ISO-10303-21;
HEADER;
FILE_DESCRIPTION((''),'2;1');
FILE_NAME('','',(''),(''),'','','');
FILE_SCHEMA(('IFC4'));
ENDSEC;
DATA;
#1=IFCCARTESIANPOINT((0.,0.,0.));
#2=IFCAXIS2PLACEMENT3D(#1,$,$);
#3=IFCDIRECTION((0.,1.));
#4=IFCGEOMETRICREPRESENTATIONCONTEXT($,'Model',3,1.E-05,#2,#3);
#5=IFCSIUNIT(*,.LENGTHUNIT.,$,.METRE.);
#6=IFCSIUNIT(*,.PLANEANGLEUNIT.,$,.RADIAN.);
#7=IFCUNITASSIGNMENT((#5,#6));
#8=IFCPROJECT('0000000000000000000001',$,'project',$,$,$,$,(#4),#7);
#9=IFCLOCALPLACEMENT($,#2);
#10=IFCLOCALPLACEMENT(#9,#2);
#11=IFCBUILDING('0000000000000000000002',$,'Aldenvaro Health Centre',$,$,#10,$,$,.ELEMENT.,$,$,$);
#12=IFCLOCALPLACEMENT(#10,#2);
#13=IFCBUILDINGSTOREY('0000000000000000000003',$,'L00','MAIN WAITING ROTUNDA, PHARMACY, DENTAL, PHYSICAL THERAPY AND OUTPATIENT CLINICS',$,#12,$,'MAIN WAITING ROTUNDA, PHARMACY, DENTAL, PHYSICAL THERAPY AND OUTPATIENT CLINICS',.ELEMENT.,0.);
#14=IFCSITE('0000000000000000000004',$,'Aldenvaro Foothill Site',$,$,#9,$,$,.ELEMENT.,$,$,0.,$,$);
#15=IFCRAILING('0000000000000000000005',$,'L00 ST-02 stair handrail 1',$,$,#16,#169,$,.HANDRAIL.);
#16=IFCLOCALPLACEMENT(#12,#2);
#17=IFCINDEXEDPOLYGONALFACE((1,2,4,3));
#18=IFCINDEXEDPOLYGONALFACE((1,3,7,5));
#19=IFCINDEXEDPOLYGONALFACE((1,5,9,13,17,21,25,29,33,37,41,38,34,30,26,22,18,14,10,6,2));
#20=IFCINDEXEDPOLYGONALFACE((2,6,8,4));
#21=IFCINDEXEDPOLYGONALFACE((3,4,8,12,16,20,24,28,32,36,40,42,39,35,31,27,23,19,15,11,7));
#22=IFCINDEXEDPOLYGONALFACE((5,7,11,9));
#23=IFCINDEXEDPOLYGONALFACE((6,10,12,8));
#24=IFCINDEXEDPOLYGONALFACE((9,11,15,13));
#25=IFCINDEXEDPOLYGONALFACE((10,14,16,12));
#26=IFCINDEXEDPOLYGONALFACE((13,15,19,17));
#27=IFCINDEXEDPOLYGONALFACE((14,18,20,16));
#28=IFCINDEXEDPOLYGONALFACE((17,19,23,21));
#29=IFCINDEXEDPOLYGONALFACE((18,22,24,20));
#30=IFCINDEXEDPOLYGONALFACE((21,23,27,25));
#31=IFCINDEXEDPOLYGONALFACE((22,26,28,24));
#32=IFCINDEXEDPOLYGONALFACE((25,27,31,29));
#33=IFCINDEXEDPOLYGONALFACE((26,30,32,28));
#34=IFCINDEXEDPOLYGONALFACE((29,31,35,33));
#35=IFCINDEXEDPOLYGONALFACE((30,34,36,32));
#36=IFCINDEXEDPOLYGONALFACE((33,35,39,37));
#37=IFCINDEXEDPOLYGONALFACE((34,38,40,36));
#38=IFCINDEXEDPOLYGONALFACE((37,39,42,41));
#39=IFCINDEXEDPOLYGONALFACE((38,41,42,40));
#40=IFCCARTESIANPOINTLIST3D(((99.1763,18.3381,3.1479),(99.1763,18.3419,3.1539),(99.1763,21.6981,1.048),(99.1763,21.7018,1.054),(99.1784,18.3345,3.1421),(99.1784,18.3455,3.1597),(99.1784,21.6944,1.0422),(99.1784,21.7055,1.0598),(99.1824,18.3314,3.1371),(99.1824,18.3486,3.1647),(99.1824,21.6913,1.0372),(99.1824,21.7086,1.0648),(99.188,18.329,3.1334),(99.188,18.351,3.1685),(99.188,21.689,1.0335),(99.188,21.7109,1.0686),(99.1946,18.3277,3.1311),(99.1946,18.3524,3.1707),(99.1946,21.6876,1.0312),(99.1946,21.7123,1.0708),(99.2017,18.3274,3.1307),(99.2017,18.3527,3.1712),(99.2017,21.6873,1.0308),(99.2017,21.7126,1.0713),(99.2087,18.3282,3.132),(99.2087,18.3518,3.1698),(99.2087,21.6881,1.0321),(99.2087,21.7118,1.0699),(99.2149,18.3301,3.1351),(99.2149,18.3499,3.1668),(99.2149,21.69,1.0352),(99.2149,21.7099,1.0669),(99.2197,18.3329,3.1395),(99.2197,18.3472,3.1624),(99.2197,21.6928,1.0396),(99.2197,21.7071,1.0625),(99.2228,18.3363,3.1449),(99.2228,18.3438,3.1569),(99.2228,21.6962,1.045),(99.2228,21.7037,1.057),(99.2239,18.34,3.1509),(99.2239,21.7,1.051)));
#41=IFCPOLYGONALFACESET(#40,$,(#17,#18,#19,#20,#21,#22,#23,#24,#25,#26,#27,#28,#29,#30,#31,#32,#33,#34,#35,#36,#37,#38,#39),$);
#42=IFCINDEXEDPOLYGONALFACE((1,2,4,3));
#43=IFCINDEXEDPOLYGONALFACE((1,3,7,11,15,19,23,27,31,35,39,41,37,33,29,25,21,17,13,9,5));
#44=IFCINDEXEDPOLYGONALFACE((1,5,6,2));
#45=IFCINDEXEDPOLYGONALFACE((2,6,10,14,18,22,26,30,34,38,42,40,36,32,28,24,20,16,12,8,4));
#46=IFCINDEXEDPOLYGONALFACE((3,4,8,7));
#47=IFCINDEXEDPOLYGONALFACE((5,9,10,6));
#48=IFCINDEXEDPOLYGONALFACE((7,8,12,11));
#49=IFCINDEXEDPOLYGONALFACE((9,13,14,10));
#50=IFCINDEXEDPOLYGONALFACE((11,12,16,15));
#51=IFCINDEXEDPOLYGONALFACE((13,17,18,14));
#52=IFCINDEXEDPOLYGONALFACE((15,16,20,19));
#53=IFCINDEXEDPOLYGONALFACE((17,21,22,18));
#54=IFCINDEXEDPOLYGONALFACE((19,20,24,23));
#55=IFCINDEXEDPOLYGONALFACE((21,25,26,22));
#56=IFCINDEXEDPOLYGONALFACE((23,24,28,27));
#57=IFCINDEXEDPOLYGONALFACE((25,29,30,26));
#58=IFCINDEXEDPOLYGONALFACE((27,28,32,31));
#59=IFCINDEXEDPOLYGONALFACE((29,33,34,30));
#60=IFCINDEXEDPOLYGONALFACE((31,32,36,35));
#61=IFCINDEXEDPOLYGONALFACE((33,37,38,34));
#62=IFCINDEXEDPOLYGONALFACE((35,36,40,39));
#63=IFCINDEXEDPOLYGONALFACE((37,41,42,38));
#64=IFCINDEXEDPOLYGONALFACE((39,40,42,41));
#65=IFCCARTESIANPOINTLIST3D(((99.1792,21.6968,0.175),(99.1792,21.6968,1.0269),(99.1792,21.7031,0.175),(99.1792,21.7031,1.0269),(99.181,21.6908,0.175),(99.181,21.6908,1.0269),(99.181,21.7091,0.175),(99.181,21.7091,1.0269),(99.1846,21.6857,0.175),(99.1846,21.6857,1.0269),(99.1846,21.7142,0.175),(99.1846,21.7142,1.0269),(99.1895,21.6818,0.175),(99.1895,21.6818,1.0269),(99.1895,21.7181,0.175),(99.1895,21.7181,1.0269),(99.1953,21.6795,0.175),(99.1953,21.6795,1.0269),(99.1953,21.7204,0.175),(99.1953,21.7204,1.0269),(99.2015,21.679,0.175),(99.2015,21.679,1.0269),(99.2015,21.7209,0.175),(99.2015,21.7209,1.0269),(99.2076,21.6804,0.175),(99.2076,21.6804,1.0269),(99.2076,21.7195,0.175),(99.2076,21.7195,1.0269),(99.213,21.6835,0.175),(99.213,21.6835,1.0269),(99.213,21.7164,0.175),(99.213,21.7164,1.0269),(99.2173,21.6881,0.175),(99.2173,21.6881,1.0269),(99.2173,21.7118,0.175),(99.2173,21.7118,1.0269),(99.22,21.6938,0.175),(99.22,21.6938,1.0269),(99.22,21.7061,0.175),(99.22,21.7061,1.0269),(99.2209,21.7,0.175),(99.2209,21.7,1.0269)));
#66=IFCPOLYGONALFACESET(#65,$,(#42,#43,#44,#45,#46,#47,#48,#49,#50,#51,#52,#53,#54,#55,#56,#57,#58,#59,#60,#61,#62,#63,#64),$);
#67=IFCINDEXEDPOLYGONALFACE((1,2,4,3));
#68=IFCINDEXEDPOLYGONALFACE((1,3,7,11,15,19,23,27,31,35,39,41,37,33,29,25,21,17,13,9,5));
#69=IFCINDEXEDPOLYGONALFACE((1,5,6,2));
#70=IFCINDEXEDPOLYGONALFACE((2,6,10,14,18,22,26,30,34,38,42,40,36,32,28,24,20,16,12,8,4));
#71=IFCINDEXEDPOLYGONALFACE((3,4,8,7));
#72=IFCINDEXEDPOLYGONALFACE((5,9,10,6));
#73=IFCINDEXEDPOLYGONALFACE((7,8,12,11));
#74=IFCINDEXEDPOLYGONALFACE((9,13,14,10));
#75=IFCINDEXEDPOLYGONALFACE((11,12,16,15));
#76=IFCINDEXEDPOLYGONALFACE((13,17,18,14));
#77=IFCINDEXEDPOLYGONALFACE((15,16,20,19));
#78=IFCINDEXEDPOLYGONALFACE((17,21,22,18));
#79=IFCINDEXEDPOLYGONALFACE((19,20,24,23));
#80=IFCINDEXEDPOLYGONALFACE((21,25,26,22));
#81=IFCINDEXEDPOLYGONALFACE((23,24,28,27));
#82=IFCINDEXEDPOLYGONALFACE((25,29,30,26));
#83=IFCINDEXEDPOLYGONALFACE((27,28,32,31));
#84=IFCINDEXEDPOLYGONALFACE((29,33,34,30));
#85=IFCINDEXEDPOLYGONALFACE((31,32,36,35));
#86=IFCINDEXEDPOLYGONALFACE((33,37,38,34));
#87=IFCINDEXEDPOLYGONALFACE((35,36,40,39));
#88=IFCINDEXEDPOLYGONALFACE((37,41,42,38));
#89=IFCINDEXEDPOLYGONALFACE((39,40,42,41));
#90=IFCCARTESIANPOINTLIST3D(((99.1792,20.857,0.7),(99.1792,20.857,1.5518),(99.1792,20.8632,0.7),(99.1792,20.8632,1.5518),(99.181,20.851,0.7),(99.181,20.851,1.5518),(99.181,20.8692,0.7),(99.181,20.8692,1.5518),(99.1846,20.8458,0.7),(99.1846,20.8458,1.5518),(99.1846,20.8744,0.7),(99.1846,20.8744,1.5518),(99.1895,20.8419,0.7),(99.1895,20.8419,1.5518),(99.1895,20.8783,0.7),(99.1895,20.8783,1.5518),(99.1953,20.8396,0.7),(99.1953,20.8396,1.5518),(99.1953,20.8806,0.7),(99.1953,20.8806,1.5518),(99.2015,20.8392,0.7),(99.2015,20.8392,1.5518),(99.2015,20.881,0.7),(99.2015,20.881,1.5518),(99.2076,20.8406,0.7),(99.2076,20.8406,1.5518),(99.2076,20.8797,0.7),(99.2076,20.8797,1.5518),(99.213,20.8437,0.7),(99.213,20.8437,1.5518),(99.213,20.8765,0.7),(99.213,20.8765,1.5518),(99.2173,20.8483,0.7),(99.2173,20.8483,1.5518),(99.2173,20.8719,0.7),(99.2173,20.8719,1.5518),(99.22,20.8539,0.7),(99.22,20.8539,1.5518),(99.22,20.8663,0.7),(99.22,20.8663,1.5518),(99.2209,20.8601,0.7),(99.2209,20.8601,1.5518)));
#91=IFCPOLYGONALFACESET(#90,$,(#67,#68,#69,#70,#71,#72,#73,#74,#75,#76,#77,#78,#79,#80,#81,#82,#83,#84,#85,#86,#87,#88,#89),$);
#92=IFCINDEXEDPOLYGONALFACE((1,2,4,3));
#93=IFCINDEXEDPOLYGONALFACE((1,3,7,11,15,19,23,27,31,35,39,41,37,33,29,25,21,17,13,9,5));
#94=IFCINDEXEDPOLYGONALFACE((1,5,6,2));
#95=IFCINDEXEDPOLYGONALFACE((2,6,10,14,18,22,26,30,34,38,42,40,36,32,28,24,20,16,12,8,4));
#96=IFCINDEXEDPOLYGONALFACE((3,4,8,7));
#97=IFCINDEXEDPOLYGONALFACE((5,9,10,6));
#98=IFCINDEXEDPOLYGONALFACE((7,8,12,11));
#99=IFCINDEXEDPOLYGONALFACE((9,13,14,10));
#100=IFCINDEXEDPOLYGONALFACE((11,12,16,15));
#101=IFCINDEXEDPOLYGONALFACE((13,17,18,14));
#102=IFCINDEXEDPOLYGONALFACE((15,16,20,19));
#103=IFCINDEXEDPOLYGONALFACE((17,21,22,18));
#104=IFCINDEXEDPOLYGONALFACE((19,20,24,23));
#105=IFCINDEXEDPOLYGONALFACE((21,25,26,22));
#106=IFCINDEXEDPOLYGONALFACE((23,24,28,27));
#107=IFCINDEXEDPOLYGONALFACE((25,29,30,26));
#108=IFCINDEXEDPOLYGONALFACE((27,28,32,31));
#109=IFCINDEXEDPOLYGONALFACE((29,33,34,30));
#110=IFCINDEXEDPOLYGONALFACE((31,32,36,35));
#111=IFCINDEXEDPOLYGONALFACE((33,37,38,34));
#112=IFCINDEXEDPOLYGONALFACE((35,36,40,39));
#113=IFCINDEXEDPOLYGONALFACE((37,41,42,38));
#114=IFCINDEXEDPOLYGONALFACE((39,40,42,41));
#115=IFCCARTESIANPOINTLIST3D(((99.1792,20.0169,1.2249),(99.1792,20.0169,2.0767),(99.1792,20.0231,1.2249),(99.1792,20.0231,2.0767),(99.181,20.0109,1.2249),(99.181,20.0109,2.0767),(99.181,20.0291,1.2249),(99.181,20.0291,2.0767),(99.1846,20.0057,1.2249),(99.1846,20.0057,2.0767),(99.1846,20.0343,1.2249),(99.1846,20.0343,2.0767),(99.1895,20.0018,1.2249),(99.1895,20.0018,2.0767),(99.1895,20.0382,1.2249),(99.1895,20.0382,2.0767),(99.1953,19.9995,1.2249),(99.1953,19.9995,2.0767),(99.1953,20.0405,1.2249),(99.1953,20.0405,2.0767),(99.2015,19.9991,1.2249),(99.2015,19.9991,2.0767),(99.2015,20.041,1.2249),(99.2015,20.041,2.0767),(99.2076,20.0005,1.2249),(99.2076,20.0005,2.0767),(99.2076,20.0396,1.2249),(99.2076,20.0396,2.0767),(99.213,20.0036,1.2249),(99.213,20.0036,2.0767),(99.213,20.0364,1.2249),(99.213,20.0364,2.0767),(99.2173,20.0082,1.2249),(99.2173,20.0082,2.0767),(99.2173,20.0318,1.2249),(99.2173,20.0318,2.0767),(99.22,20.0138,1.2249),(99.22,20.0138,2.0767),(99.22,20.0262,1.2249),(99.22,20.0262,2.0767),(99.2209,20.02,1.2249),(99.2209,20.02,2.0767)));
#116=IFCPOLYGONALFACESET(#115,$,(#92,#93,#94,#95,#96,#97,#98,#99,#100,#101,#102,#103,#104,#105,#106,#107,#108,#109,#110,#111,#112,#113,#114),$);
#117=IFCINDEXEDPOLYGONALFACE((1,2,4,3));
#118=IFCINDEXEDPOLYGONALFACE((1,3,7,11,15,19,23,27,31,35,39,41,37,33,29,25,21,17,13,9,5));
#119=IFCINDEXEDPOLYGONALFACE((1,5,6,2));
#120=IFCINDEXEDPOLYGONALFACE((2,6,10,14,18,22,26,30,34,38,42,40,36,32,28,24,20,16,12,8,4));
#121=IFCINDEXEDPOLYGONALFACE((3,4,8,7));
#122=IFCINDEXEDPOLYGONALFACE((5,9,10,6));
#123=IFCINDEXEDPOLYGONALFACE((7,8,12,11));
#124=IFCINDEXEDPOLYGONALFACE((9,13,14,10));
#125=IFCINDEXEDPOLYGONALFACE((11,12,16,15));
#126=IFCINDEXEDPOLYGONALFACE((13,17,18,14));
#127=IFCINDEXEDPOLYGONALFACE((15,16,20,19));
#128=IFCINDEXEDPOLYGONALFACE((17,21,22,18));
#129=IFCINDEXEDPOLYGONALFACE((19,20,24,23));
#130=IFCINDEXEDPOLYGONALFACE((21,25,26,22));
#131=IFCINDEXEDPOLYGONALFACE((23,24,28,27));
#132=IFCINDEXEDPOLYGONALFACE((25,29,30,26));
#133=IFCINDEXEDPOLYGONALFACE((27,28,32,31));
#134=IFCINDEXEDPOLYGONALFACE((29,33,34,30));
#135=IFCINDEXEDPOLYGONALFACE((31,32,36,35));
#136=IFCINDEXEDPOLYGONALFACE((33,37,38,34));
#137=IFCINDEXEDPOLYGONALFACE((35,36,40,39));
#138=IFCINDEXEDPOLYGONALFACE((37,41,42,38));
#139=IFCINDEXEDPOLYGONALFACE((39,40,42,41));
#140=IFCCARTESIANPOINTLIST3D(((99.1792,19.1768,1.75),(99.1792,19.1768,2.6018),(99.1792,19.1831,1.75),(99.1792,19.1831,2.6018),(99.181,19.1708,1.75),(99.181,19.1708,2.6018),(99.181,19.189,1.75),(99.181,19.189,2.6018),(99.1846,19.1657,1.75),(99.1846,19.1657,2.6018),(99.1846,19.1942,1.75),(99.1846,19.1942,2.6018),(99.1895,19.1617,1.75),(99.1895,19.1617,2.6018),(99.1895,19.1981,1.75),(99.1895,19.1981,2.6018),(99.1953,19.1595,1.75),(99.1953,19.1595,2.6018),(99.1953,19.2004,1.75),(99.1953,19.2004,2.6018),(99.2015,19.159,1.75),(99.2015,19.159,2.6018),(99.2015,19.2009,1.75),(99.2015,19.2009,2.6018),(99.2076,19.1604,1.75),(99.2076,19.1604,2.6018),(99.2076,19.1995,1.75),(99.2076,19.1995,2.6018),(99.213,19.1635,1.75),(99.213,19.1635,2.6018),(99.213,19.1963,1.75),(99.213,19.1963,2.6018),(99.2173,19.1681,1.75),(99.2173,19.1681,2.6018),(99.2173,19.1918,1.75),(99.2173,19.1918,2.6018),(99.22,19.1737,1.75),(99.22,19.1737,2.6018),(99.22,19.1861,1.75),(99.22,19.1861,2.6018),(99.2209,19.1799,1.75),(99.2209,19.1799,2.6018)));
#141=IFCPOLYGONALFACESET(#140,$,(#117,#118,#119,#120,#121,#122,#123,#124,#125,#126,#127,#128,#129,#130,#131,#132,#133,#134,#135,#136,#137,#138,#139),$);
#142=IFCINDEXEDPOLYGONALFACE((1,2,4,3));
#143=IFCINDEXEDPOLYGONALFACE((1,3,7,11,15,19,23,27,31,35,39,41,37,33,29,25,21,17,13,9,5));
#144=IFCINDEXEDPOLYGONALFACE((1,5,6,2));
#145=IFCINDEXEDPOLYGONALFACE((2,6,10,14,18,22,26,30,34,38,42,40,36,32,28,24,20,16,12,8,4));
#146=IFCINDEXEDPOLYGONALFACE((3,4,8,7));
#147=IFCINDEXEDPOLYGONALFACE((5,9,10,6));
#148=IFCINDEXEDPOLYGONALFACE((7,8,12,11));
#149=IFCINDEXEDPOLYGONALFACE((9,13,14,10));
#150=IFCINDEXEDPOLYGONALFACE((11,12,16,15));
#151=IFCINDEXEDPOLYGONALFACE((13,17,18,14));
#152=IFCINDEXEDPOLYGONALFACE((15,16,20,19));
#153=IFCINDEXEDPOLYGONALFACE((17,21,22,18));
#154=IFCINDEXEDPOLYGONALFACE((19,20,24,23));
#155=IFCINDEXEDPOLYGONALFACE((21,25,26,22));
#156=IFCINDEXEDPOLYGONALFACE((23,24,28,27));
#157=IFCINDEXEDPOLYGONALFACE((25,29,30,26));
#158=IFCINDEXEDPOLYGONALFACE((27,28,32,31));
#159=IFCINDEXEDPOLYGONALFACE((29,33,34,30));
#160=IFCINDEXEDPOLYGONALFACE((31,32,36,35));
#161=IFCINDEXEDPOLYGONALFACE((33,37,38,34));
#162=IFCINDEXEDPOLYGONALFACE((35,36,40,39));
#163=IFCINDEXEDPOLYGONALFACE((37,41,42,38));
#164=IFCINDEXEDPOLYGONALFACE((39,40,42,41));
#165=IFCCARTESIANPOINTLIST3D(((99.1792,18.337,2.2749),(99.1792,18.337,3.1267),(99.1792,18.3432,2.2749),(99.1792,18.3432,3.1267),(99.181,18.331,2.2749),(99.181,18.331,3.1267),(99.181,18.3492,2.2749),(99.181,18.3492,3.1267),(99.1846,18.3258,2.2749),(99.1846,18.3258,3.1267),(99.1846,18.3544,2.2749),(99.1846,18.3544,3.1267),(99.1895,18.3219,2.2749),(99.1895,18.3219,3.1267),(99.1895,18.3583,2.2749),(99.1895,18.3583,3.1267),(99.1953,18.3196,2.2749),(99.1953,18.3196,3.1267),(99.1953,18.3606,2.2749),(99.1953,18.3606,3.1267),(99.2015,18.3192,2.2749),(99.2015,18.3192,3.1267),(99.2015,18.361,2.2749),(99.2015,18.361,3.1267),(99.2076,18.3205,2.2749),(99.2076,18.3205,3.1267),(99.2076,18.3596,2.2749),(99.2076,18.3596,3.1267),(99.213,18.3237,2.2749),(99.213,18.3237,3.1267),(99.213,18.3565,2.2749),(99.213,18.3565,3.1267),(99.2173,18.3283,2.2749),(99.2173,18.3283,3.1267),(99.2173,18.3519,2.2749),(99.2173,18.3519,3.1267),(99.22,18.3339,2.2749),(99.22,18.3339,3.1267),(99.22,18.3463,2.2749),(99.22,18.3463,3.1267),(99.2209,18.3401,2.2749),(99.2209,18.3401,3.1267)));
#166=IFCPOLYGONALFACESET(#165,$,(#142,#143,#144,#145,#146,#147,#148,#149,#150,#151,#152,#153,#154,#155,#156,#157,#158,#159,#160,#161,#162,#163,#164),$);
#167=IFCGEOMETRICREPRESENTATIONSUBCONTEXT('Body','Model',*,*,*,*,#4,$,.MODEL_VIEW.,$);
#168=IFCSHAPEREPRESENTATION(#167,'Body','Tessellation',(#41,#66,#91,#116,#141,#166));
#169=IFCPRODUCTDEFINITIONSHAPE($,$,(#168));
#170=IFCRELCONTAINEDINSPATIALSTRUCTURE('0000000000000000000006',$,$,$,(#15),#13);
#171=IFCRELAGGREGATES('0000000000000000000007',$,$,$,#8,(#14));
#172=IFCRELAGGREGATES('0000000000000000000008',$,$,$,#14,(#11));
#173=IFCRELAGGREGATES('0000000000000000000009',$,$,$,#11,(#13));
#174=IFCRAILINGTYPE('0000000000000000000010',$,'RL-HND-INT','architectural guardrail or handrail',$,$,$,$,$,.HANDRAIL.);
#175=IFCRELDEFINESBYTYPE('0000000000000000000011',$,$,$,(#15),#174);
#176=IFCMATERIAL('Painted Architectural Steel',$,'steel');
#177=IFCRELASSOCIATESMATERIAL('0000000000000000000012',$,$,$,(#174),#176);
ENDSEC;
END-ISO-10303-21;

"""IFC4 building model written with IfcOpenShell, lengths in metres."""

from ifc_helpers import new_model, si_unit, direction, frame, origin, origin_2d, place, context, subcontext, project, spatial, circle, extrude, material, type_object, element, save


model = new_model("IFC4")

# Units and contexts
model_context = context("Model", 3, precision=1e-05, world=origin(), true_north=direction((0.0, 1.0)))
body_context = subcontext(model_context, "Body", "Model", "MODEL_VIEW")
ifc_project = project(units=[si_unit("LENGTHUNIT", "METRE"), si_unit("PLANEANGLEUNIT", "RADIAN")], contexts=[model_context])

# Site, building, storey
site_placement = place(None, origin())
site = spatial("IfcSite", under=ifc_project, at=site_placement, Name="Aldenvaro Foothill Site", CompositionType="ELEMENT", RefElevation=0.0)
building_placement = place(site_placement, origin())
building = spatial("IfcBuilding", under=site, at=building_placement, Name="Aldenvaro Health Centre", CompositionType="ELEMENT")
storey_placement = place(building_placement, origin())
storey = spatial("IfcBuildingStorey", under=building, at=storey_placement, Name="L00", Description="MAIN WAITING ROTUNDA, PHARMACY, DENTAL, PHYSICAL THERAPY AND OUTPATIENT CLINICS", LongName="MAIN WAITING ROTUNDA, PHARMACY, DENTAL, PHYSICAL THERAPY AND OUTPATIENT CLINICS", CompositionType="ELEMENT", Elevation=0.0)

# Railing
ifc_material_1 = material(Name="Painted Architectural Steel", Category="steel")
railing_type_1 = type_object("IfcRailingType", Name="RL-HND-INT", Description="architectural guardrail or handrail", PredefinedType="HANDRAIL", material=ifc_material_1)
railing_1_placement = place(storey_placement, frame((99.2, 21.7, 0.175)))
element("IfcRailing", 1, at=railing_1_placement, inside=storey, type_object=railing_type_1, Name="L00 ST-02 stair handrail 1", PredefinedType="HANDRAIL", context=body_context, shape_type="SweptSolid", body=[
    extrude(circle(Radius=0.0239, at=origin_2d()), frame((0.0, 0.0, 0.876), z_axis=(0.0, -0.848005, 0.529988), x_axis=(1.0, 0.0, 0.0)), (0.0, 0.0, 1.0), 3.9622),
    extrude(circle(Radius=0.021, at=origin_2d()), origin(), (0.0, 0.0, 1.0), 0.8518),
    extrude(circle(Radius=0.021, at=origin_2d()), frame((0.0, -0.8398, 0.5249)), (0.0, 0.0, 1.0), 0.8518),
    extrude(circle(Radius=0.021, at=origin_2d()), frame((0.0, -1.6799, 1.0498)), (0.0, 0.0, 1.0), 0.8518),
    extrude(circle(Radius=0.021, at=origin_2d()), frame((0.0, -2.52, 1.575)), (0.0, 0.0, 1.0), 0.8518),
    extrude(circle(Radius=0.021, at=origin_2d()), frame((0.0, -3.3599, 2.0999)), (0.0, 0.0, 1.0), 0.8518),
])

save(model, "model.ifc")
